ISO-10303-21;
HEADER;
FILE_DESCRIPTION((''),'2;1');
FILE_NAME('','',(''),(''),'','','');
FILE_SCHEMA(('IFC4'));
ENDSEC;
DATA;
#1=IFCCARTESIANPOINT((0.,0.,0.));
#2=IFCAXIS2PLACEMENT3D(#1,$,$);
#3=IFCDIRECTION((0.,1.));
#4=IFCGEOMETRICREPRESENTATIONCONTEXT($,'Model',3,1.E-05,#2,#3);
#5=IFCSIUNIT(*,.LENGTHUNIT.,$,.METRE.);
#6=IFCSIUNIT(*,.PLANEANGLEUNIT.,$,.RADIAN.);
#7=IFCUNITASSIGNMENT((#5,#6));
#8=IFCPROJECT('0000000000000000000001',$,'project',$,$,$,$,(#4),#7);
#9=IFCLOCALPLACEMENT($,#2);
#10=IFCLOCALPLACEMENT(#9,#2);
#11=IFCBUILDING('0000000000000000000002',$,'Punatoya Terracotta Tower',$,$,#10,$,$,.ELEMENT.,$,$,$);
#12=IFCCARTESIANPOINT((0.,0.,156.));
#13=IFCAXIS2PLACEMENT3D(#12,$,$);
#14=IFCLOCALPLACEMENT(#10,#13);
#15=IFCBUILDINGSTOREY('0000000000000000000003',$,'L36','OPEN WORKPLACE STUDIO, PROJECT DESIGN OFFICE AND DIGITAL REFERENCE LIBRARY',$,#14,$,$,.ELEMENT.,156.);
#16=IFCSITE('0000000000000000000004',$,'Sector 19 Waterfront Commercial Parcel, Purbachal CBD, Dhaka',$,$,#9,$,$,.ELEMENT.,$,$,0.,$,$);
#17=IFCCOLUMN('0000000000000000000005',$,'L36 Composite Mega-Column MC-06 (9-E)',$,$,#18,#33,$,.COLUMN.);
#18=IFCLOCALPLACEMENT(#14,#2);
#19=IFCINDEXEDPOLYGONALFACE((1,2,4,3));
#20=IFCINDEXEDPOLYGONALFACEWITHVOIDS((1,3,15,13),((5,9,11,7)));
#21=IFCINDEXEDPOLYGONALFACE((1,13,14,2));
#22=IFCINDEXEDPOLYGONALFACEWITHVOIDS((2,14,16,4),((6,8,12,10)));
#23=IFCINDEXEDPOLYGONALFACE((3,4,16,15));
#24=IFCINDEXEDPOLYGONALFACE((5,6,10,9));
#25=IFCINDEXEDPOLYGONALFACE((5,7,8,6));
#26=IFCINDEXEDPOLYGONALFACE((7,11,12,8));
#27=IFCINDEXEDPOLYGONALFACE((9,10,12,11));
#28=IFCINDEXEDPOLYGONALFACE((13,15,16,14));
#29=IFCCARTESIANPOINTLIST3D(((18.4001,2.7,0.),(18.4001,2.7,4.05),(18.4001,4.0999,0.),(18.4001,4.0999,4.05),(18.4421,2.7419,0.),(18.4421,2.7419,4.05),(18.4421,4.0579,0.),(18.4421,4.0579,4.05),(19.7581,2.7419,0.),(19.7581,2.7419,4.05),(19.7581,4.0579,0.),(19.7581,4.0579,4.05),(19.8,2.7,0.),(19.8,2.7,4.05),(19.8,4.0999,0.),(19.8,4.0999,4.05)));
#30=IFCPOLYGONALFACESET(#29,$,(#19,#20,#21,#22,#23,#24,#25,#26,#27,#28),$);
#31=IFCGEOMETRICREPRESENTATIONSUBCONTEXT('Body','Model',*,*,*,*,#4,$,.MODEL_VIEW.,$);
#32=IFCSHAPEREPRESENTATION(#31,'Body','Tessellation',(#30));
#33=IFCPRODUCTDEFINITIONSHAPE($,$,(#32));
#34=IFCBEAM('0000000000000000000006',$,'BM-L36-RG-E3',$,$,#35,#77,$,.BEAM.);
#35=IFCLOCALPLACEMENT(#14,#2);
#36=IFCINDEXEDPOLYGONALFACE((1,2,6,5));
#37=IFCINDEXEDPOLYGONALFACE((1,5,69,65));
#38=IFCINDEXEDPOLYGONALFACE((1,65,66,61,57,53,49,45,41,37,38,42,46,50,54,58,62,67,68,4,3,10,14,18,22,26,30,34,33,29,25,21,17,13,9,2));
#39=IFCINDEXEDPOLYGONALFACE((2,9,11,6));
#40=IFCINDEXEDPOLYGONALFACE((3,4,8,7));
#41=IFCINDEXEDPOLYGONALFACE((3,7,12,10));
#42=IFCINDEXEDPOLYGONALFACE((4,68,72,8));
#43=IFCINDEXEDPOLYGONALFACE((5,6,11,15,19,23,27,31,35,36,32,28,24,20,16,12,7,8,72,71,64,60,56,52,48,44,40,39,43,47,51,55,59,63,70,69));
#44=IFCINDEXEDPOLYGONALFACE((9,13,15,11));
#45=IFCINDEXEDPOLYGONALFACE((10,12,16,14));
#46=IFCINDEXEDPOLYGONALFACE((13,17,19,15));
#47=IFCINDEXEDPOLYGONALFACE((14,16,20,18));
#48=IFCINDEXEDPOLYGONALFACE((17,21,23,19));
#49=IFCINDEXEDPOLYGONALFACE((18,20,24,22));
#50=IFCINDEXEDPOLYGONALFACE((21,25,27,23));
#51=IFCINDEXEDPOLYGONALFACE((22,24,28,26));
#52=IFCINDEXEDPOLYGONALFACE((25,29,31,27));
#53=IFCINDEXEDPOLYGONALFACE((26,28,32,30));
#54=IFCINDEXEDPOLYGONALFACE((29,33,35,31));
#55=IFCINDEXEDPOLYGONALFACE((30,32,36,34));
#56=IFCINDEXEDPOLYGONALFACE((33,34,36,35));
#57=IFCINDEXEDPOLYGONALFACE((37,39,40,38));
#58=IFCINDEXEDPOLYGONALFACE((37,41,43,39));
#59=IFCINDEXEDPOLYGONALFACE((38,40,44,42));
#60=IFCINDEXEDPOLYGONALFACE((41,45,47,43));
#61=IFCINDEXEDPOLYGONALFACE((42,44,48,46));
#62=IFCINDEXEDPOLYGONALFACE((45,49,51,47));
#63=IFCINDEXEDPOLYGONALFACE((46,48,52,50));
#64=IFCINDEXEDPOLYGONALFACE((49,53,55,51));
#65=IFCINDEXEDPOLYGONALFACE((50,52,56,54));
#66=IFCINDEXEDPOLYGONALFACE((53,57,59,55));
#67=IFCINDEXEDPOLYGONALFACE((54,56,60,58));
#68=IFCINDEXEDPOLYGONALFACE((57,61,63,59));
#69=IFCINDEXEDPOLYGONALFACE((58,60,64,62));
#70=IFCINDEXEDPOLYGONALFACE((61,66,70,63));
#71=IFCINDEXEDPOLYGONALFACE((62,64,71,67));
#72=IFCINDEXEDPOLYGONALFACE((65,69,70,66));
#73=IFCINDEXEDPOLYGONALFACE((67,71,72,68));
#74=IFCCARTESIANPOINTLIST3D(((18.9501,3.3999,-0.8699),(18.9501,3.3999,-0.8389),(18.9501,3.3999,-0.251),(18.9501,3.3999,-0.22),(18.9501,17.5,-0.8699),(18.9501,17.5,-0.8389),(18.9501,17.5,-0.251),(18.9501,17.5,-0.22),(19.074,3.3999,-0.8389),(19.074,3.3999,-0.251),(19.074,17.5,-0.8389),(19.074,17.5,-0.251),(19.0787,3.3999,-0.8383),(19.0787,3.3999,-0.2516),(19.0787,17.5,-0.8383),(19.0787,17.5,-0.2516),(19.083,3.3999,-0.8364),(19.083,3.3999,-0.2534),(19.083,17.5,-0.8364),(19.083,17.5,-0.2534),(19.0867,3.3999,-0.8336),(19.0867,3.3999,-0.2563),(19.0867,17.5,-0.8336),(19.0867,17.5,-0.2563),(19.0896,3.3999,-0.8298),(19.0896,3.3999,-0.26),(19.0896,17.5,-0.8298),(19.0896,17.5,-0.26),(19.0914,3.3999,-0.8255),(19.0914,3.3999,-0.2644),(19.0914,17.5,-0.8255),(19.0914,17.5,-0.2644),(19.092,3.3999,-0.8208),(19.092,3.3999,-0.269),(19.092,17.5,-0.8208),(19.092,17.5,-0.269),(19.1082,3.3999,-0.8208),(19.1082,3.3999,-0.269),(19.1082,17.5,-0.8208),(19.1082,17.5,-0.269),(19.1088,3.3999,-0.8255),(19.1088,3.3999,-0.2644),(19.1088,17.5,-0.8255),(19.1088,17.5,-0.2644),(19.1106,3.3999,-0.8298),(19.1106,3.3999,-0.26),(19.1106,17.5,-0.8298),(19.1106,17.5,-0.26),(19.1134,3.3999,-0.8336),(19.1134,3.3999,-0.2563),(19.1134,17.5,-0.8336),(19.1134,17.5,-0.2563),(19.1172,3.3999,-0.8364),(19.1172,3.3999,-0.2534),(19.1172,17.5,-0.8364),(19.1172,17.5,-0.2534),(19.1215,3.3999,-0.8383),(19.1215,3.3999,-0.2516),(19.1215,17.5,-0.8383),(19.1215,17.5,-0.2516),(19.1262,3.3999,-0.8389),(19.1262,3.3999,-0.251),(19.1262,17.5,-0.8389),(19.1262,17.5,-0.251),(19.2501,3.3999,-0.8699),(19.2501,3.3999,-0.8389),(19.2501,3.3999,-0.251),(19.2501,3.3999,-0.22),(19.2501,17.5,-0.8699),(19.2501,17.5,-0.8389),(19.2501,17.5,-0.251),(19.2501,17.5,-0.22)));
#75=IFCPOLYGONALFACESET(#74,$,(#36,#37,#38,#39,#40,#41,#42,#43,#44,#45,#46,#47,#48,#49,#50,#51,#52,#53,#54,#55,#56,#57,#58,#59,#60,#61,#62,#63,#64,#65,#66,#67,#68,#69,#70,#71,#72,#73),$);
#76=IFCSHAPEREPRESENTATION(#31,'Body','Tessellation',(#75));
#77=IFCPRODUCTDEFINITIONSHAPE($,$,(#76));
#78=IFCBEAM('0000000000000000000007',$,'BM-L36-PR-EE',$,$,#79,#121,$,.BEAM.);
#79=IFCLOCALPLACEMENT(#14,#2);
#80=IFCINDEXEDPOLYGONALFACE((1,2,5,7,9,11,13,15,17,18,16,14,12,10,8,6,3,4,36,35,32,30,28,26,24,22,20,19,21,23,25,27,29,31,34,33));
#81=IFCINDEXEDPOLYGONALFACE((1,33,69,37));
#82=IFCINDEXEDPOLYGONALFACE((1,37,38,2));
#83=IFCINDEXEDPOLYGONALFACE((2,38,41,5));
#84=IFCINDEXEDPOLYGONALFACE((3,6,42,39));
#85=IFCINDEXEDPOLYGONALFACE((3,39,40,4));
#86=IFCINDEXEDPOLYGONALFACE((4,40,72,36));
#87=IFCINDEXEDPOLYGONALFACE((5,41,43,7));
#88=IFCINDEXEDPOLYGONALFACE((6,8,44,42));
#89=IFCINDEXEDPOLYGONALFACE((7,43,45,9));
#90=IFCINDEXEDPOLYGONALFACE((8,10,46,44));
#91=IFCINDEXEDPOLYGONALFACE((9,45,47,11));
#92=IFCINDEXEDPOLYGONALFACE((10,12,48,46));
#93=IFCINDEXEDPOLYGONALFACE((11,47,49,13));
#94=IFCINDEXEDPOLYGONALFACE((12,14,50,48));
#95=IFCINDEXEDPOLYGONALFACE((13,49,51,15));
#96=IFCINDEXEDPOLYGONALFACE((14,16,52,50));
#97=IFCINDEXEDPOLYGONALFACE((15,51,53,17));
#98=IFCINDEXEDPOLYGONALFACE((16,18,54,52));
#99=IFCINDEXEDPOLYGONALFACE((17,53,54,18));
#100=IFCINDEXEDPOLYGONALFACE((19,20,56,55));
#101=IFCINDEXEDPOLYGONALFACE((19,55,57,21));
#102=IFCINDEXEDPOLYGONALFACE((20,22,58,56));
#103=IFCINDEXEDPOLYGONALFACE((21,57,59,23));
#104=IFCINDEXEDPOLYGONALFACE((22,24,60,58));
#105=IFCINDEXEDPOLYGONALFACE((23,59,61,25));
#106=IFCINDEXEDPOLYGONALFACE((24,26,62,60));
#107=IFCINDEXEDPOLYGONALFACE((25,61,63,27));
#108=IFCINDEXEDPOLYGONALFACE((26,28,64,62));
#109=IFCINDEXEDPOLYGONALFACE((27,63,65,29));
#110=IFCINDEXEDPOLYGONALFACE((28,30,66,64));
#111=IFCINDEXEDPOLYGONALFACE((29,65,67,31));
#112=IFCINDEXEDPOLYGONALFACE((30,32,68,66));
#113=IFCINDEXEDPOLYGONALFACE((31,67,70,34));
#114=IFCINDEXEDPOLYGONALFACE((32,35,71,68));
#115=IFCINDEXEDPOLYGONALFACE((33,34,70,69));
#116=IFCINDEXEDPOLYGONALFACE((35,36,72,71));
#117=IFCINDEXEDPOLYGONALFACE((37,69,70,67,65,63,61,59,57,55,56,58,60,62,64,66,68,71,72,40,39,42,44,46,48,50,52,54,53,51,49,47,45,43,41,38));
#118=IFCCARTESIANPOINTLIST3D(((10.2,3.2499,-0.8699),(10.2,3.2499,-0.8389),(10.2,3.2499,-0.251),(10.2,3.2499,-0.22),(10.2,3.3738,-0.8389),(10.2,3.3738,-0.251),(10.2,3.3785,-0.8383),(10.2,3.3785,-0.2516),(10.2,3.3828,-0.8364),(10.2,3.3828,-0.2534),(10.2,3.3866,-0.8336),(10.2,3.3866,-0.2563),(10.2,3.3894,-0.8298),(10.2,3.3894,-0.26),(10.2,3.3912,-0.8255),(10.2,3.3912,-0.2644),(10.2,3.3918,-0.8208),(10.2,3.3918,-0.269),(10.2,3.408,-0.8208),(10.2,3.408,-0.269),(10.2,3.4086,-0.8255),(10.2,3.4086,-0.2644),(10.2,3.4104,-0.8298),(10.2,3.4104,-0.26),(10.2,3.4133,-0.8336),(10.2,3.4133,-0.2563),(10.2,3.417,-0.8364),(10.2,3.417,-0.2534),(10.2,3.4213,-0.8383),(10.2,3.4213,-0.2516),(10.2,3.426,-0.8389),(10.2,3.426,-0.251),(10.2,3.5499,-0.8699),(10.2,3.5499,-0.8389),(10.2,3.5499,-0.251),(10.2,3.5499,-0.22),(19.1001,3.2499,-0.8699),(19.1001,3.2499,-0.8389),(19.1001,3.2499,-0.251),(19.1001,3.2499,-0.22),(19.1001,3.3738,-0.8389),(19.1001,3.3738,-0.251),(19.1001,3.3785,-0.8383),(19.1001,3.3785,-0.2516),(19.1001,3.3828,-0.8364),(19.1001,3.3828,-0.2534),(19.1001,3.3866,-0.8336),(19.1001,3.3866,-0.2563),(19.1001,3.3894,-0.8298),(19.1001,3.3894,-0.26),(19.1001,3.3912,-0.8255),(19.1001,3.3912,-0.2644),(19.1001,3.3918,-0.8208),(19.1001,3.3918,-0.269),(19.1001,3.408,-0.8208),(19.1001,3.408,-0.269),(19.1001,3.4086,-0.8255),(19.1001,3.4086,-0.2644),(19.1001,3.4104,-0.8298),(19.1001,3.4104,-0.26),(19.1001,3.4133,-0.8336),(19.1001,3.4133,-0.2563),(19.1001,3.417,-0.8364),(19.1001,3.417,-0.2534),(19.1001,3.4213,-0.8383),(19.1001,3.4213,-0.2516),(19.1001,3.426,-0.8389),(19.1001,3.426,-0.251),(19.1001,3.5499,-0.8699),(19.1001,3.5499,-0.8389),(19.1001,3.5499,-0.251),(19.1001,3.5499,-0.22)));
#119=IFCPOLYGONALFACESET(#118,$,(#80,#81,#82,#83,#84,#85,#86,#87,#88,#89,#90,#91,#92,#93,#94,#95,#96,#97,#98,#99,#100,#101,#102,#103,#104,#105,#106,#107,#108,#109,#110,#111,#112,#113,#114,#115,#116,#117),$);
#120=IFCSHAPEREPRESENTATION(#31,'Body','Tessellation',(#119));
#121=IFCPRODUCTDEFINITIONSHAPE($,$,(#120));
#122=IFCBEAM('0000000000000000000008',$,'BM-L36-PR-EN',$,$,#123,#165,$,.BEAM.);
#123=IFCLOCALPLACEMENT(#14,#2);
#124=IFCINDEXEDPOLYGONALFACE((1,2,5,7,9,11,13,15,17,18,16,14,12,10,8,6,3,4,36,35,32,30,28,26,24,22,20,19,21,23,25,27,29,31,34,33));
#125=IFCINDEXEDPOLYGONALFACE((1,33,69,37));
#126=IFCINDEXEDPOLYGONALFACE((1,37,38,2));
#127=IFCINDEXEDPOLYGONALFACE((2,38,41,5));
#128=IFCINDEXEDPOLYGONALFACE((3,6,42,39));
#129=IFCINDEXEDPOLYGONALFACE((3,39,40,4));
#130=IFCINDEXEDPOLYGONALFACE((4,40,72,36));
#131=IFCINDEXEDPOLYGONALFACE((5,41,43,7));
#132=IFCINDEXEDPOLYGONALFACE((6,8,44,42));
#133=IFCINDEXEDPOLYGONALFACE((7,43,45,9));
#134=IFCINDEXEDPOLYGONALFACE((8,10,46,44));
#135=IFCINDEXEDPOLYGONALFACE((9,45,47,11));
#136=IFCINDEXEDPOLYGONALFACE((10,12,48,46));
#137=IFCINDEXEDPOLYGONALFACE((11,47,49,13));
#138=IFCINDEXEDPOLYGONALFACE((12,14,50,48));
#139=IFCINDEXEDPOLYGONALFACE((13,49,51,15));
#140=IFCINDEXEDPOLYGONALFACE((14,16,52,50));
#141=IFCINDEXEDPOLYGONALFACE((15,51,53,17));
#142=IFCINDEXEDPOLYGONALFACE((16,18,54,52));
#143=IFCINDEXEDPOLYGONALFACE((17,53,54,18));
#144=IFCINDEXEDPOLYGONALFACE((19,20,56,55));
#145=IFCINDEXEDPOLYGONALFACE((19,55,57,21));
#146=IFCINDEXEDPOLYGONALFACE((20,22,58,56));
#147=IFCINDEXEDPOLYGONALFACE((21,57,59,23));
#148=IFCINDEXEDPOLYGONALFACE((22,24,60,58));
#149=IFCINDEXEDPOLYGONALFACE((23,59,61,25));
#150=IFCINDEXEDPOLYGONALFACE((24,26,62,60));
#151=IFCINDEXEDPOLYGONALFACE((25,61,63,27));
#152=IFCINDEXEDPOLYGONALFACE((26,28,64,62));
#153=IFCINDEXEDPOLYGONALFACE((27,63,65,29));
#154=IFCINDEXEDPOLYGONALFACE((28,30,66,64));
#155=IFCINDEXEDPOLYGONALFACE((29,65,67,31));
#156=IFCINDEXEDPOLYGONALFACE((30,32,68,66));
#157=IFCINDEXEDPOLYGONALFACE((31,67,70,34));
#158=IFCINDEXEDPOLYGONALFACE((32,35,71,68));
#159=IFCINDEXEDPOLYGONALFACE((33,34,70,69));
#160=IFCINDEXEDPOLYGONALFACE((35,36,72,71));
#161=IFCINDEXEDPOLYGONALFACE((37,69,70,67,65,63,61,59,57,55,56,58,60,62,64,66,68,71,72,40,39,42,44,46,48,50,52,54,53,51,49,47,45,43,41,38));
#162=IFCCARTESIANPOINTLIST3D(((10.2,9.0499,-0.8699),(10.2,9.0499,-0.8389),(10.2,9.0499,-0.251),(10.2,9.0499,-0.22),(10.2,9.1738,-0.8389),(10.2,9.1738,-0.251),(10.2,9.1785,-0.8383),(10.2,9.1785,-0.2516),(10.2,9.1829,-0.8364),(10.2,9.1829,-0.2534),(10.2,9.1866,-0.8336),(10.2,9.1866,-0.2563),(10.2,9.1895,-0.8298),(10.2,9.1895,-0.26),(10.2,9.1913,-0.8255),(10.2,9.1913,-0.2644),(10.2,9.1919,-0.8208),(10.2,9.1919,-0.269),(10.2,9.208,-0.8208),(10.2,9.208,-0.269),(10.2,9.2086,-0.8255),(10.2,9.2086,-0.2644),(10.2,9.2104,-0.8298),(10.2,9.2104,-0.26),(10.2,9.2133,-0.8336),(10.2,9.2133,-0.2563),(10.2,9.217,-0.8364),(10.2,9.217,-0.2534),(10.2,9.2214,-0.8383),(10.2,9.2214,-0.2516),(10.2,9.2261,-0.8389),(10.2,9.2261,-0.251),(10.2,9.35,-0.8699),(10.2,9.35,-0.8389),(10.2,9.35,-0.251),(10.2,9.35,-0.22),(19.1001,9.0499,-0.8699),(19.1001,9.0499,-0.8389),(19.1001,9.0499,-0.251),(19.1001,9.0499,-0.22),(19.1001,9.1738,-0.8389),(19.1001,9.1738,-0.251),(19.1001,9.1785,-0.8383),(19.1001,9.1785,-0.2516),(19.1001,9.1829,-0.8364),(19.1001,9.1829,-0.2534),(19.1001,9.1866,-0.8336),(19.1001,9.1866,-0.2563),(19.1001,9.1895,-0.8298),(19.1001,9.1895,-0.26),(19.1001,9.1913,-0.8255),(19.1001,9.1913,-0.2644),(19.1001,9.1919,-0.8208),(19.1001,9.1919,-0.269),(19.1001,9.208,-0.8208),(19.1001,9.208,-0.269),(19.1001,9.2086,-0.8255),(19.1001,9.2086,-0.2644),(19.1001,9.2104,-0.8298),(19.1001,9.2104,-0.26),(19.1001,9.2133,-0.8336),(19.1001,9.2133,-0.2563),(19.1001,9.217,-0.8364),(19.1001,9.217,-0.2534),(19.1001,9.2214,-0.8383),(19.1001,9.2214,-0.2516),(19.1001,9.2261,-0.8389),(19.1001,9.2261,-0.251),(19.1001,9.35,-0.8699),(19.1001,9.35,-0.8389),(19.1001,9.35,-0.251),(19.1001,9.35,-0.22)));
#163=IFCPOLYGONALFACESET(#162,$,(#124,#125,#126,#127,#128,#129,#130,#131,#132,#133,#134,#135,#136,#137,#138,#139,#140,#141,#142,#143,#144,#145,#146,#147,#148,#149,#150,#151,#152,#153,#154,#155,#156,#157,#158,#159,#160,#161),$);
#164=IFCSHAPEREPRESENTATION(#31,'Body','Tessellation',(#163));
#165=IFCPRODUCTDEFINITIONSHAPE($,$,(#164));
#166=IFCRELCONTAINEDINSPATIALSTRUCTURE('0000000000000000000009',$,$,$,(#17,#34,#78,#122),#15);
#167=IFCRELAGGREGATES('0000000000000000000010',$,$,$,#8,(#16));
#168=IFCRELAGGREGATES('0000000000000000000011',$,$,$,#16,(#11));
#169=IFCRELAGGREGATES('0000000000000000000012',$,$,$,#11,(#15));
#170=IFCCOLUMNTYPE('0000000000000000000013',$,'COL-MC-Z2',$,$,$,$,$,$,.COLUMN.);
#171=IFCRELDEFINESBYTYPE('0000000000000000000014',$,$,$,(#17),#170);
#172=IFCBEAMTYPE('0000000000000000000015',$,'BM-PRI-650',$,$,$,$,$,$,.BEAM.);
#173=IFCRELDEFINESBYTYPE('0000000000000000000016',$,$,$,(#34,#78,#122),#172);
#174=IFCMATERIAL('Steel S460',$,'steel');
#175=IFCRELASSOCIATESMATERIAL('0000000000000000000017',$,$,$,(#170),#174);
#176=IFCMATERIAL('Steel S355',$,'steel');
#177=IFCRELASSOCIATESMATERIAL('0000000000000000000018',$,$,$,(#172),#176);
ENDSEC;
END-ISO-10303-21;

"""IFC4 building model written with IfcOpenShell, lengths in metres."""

from ifc_helpers import new_model, si_unit, direction, frame, origin, origin_2d, place, context, subcontext, project, spatial, hollow_rectangle, i_section, extrude, material, material_profile, profile_set, type_object, element, save


model = new_model("IFC4")

# Units and contexts
model_context = context("Model", 3, precision=1e-05, world=origin(), true_north=direction((0.0, 1.0)))
body_context = subcontext(model_context, "Body", "Model", "MODEL_VIEW")
ifc_project = project(units=[si_unit("LENGTHUNIT", "METRE"), si_unit("PLANEANGLEUNIT", "RADIAN")], contexts=[model_context])

# Site, building, storey
site_placement = place(None, origin())
site = spatial("IfcSite", under=ifc_project, at=site_placement, Name="Sector 19 Waterfront Commercial Parcel, Purbachal CBD, Dhaka", CompositionType="ELEMENT", RefElevation=0.0)
building_placement = place(site_placement, origin())
building = spatial("IfcBuilding", under=site, at=building_placement, Name="Punatoya Terracotta Tower", CompositionType="ELEMENT")
storey_placement = place(building_placement, frame((0.0, 0.0, 156.0)))
storey = spatial("IfcBuildingStorey", under=building, at=storey_placement, Name="L36", Description="OPEN WORKPLACE STUDIO, PROJECT DESIGN OFFICE AND DIGITAL REFERENCE LIBRARY", CompositionType="ELEMENT", Elevation=156.0)

# Column
ifc_material_1 = material(Name="Steel S460", Category="steel")
ifc_material_profile_1 = material_profile(ifc_material_1, hollow_rectangle(XDim=1.3999, YDim=1.3999, WallThickness=0.042, at=origin_2d()))
ifc_profile_set_1 = profile_set([ifc_material_profile_1], Name="Steel S460")
column_type = type_object("IfcColumnType", Name="COL-MC-Z2", PredefinedType="COLUMN", material=ifc_profile_set_1)
column_placement = place(storey_placement, frame((19.1001, 3.3999, 0.0), z_axis=(0.0, 0.0, 1.0), x_axis=(1.0, 0.0, 0.0)))
element("IfcColumn", 1, at=column_placement, inside=storey, type_object=column_type, Name="L36 Composite Mega-Column MC-06 (9-E)", PredefinedType="COLUMN", context=body_context, shape_type="SweptSolid", body=[
    extrude(hollow_rectangle(XDim=1.3999, YDim=1.3999, WallThickness=0.042, at=origin_2d()), origin(), (0.0, 0.0, 1.0), 4.05),
])

# Beams
ifc_material_2 = material(Name="Steel S355", Category="steel")
ifc_material_profile_2 = material_profile(ifc_material_2, i_section(OverallWidth=0.3, OverallDepth=0.6499, WebThickness=0.0161, FlangeThickness=0.031, FilletRadius=0.0181, at=origin_2d()))
ifc_profile_set_2 = profile_set([ifc_material_profile_2], Name="Steel S355")
beam_type_1 = type_object("IfcBeamType", Name="BM-PRI-650", PredefinedType="BEAM", material=ifc_profile_set_2)
beam_1_placement = place(storey_placement, frame((19.1001, 3.3999, -0.5449), z_axis=(0.0, 1.0, 0.0), x_axis=(-1.0, 0.0, 0.0)))
element("IfcBeam", 2, at=beam_1_placement, inside=storey, type_object=beam_type_1, Name="BM-L36-RG-E3", PredefinedType="BEAM", context=body_context, shape_type="SweptSolid", body=[
    extrude(i_section(OverallWidth=0.3, OverallDepth=0.6499, WebThickness=0.0161, FlangeThickness=0.031, FilletRadius=0.0181, at=origin_2d()), origin(), (0.0, 0.0, 1.0), 14.1001),
])
for number, where, z_axis, x_axis, name in (
    (3, (10.2, 3.3999, -0.5449), (1.0, 0.0, 0.0), (0.0, 1.0, 0.0), "BM-L36-PR-EE"),
    (4, (10.2, 9.2, -0.5449), (1.0, 0.0, 0.0), (0.0, 1.0, 0.0), "BM-L36-PR-EN"),
):
    element("IfcBeam", number, at=place(storey_placement, frame(where, z_axis=z_axis, x_axis=x_axis)), inside=storey, type_object=beam_type_1, Name=name, PredefinedType="BEAM", context=body_context, shape_type="SweptSolid", body=[
        extrude(i_section(OverallWidth=0.3, OverallDepth=0.6499, WebThickness=0.0161, FlangeThickness=0.031, FilletRadius=0.0181, at=origin_2d()), origin(), (0.0, 0.0, 1.0), 8.9001),
    ])

save(model, "model.ifc")
